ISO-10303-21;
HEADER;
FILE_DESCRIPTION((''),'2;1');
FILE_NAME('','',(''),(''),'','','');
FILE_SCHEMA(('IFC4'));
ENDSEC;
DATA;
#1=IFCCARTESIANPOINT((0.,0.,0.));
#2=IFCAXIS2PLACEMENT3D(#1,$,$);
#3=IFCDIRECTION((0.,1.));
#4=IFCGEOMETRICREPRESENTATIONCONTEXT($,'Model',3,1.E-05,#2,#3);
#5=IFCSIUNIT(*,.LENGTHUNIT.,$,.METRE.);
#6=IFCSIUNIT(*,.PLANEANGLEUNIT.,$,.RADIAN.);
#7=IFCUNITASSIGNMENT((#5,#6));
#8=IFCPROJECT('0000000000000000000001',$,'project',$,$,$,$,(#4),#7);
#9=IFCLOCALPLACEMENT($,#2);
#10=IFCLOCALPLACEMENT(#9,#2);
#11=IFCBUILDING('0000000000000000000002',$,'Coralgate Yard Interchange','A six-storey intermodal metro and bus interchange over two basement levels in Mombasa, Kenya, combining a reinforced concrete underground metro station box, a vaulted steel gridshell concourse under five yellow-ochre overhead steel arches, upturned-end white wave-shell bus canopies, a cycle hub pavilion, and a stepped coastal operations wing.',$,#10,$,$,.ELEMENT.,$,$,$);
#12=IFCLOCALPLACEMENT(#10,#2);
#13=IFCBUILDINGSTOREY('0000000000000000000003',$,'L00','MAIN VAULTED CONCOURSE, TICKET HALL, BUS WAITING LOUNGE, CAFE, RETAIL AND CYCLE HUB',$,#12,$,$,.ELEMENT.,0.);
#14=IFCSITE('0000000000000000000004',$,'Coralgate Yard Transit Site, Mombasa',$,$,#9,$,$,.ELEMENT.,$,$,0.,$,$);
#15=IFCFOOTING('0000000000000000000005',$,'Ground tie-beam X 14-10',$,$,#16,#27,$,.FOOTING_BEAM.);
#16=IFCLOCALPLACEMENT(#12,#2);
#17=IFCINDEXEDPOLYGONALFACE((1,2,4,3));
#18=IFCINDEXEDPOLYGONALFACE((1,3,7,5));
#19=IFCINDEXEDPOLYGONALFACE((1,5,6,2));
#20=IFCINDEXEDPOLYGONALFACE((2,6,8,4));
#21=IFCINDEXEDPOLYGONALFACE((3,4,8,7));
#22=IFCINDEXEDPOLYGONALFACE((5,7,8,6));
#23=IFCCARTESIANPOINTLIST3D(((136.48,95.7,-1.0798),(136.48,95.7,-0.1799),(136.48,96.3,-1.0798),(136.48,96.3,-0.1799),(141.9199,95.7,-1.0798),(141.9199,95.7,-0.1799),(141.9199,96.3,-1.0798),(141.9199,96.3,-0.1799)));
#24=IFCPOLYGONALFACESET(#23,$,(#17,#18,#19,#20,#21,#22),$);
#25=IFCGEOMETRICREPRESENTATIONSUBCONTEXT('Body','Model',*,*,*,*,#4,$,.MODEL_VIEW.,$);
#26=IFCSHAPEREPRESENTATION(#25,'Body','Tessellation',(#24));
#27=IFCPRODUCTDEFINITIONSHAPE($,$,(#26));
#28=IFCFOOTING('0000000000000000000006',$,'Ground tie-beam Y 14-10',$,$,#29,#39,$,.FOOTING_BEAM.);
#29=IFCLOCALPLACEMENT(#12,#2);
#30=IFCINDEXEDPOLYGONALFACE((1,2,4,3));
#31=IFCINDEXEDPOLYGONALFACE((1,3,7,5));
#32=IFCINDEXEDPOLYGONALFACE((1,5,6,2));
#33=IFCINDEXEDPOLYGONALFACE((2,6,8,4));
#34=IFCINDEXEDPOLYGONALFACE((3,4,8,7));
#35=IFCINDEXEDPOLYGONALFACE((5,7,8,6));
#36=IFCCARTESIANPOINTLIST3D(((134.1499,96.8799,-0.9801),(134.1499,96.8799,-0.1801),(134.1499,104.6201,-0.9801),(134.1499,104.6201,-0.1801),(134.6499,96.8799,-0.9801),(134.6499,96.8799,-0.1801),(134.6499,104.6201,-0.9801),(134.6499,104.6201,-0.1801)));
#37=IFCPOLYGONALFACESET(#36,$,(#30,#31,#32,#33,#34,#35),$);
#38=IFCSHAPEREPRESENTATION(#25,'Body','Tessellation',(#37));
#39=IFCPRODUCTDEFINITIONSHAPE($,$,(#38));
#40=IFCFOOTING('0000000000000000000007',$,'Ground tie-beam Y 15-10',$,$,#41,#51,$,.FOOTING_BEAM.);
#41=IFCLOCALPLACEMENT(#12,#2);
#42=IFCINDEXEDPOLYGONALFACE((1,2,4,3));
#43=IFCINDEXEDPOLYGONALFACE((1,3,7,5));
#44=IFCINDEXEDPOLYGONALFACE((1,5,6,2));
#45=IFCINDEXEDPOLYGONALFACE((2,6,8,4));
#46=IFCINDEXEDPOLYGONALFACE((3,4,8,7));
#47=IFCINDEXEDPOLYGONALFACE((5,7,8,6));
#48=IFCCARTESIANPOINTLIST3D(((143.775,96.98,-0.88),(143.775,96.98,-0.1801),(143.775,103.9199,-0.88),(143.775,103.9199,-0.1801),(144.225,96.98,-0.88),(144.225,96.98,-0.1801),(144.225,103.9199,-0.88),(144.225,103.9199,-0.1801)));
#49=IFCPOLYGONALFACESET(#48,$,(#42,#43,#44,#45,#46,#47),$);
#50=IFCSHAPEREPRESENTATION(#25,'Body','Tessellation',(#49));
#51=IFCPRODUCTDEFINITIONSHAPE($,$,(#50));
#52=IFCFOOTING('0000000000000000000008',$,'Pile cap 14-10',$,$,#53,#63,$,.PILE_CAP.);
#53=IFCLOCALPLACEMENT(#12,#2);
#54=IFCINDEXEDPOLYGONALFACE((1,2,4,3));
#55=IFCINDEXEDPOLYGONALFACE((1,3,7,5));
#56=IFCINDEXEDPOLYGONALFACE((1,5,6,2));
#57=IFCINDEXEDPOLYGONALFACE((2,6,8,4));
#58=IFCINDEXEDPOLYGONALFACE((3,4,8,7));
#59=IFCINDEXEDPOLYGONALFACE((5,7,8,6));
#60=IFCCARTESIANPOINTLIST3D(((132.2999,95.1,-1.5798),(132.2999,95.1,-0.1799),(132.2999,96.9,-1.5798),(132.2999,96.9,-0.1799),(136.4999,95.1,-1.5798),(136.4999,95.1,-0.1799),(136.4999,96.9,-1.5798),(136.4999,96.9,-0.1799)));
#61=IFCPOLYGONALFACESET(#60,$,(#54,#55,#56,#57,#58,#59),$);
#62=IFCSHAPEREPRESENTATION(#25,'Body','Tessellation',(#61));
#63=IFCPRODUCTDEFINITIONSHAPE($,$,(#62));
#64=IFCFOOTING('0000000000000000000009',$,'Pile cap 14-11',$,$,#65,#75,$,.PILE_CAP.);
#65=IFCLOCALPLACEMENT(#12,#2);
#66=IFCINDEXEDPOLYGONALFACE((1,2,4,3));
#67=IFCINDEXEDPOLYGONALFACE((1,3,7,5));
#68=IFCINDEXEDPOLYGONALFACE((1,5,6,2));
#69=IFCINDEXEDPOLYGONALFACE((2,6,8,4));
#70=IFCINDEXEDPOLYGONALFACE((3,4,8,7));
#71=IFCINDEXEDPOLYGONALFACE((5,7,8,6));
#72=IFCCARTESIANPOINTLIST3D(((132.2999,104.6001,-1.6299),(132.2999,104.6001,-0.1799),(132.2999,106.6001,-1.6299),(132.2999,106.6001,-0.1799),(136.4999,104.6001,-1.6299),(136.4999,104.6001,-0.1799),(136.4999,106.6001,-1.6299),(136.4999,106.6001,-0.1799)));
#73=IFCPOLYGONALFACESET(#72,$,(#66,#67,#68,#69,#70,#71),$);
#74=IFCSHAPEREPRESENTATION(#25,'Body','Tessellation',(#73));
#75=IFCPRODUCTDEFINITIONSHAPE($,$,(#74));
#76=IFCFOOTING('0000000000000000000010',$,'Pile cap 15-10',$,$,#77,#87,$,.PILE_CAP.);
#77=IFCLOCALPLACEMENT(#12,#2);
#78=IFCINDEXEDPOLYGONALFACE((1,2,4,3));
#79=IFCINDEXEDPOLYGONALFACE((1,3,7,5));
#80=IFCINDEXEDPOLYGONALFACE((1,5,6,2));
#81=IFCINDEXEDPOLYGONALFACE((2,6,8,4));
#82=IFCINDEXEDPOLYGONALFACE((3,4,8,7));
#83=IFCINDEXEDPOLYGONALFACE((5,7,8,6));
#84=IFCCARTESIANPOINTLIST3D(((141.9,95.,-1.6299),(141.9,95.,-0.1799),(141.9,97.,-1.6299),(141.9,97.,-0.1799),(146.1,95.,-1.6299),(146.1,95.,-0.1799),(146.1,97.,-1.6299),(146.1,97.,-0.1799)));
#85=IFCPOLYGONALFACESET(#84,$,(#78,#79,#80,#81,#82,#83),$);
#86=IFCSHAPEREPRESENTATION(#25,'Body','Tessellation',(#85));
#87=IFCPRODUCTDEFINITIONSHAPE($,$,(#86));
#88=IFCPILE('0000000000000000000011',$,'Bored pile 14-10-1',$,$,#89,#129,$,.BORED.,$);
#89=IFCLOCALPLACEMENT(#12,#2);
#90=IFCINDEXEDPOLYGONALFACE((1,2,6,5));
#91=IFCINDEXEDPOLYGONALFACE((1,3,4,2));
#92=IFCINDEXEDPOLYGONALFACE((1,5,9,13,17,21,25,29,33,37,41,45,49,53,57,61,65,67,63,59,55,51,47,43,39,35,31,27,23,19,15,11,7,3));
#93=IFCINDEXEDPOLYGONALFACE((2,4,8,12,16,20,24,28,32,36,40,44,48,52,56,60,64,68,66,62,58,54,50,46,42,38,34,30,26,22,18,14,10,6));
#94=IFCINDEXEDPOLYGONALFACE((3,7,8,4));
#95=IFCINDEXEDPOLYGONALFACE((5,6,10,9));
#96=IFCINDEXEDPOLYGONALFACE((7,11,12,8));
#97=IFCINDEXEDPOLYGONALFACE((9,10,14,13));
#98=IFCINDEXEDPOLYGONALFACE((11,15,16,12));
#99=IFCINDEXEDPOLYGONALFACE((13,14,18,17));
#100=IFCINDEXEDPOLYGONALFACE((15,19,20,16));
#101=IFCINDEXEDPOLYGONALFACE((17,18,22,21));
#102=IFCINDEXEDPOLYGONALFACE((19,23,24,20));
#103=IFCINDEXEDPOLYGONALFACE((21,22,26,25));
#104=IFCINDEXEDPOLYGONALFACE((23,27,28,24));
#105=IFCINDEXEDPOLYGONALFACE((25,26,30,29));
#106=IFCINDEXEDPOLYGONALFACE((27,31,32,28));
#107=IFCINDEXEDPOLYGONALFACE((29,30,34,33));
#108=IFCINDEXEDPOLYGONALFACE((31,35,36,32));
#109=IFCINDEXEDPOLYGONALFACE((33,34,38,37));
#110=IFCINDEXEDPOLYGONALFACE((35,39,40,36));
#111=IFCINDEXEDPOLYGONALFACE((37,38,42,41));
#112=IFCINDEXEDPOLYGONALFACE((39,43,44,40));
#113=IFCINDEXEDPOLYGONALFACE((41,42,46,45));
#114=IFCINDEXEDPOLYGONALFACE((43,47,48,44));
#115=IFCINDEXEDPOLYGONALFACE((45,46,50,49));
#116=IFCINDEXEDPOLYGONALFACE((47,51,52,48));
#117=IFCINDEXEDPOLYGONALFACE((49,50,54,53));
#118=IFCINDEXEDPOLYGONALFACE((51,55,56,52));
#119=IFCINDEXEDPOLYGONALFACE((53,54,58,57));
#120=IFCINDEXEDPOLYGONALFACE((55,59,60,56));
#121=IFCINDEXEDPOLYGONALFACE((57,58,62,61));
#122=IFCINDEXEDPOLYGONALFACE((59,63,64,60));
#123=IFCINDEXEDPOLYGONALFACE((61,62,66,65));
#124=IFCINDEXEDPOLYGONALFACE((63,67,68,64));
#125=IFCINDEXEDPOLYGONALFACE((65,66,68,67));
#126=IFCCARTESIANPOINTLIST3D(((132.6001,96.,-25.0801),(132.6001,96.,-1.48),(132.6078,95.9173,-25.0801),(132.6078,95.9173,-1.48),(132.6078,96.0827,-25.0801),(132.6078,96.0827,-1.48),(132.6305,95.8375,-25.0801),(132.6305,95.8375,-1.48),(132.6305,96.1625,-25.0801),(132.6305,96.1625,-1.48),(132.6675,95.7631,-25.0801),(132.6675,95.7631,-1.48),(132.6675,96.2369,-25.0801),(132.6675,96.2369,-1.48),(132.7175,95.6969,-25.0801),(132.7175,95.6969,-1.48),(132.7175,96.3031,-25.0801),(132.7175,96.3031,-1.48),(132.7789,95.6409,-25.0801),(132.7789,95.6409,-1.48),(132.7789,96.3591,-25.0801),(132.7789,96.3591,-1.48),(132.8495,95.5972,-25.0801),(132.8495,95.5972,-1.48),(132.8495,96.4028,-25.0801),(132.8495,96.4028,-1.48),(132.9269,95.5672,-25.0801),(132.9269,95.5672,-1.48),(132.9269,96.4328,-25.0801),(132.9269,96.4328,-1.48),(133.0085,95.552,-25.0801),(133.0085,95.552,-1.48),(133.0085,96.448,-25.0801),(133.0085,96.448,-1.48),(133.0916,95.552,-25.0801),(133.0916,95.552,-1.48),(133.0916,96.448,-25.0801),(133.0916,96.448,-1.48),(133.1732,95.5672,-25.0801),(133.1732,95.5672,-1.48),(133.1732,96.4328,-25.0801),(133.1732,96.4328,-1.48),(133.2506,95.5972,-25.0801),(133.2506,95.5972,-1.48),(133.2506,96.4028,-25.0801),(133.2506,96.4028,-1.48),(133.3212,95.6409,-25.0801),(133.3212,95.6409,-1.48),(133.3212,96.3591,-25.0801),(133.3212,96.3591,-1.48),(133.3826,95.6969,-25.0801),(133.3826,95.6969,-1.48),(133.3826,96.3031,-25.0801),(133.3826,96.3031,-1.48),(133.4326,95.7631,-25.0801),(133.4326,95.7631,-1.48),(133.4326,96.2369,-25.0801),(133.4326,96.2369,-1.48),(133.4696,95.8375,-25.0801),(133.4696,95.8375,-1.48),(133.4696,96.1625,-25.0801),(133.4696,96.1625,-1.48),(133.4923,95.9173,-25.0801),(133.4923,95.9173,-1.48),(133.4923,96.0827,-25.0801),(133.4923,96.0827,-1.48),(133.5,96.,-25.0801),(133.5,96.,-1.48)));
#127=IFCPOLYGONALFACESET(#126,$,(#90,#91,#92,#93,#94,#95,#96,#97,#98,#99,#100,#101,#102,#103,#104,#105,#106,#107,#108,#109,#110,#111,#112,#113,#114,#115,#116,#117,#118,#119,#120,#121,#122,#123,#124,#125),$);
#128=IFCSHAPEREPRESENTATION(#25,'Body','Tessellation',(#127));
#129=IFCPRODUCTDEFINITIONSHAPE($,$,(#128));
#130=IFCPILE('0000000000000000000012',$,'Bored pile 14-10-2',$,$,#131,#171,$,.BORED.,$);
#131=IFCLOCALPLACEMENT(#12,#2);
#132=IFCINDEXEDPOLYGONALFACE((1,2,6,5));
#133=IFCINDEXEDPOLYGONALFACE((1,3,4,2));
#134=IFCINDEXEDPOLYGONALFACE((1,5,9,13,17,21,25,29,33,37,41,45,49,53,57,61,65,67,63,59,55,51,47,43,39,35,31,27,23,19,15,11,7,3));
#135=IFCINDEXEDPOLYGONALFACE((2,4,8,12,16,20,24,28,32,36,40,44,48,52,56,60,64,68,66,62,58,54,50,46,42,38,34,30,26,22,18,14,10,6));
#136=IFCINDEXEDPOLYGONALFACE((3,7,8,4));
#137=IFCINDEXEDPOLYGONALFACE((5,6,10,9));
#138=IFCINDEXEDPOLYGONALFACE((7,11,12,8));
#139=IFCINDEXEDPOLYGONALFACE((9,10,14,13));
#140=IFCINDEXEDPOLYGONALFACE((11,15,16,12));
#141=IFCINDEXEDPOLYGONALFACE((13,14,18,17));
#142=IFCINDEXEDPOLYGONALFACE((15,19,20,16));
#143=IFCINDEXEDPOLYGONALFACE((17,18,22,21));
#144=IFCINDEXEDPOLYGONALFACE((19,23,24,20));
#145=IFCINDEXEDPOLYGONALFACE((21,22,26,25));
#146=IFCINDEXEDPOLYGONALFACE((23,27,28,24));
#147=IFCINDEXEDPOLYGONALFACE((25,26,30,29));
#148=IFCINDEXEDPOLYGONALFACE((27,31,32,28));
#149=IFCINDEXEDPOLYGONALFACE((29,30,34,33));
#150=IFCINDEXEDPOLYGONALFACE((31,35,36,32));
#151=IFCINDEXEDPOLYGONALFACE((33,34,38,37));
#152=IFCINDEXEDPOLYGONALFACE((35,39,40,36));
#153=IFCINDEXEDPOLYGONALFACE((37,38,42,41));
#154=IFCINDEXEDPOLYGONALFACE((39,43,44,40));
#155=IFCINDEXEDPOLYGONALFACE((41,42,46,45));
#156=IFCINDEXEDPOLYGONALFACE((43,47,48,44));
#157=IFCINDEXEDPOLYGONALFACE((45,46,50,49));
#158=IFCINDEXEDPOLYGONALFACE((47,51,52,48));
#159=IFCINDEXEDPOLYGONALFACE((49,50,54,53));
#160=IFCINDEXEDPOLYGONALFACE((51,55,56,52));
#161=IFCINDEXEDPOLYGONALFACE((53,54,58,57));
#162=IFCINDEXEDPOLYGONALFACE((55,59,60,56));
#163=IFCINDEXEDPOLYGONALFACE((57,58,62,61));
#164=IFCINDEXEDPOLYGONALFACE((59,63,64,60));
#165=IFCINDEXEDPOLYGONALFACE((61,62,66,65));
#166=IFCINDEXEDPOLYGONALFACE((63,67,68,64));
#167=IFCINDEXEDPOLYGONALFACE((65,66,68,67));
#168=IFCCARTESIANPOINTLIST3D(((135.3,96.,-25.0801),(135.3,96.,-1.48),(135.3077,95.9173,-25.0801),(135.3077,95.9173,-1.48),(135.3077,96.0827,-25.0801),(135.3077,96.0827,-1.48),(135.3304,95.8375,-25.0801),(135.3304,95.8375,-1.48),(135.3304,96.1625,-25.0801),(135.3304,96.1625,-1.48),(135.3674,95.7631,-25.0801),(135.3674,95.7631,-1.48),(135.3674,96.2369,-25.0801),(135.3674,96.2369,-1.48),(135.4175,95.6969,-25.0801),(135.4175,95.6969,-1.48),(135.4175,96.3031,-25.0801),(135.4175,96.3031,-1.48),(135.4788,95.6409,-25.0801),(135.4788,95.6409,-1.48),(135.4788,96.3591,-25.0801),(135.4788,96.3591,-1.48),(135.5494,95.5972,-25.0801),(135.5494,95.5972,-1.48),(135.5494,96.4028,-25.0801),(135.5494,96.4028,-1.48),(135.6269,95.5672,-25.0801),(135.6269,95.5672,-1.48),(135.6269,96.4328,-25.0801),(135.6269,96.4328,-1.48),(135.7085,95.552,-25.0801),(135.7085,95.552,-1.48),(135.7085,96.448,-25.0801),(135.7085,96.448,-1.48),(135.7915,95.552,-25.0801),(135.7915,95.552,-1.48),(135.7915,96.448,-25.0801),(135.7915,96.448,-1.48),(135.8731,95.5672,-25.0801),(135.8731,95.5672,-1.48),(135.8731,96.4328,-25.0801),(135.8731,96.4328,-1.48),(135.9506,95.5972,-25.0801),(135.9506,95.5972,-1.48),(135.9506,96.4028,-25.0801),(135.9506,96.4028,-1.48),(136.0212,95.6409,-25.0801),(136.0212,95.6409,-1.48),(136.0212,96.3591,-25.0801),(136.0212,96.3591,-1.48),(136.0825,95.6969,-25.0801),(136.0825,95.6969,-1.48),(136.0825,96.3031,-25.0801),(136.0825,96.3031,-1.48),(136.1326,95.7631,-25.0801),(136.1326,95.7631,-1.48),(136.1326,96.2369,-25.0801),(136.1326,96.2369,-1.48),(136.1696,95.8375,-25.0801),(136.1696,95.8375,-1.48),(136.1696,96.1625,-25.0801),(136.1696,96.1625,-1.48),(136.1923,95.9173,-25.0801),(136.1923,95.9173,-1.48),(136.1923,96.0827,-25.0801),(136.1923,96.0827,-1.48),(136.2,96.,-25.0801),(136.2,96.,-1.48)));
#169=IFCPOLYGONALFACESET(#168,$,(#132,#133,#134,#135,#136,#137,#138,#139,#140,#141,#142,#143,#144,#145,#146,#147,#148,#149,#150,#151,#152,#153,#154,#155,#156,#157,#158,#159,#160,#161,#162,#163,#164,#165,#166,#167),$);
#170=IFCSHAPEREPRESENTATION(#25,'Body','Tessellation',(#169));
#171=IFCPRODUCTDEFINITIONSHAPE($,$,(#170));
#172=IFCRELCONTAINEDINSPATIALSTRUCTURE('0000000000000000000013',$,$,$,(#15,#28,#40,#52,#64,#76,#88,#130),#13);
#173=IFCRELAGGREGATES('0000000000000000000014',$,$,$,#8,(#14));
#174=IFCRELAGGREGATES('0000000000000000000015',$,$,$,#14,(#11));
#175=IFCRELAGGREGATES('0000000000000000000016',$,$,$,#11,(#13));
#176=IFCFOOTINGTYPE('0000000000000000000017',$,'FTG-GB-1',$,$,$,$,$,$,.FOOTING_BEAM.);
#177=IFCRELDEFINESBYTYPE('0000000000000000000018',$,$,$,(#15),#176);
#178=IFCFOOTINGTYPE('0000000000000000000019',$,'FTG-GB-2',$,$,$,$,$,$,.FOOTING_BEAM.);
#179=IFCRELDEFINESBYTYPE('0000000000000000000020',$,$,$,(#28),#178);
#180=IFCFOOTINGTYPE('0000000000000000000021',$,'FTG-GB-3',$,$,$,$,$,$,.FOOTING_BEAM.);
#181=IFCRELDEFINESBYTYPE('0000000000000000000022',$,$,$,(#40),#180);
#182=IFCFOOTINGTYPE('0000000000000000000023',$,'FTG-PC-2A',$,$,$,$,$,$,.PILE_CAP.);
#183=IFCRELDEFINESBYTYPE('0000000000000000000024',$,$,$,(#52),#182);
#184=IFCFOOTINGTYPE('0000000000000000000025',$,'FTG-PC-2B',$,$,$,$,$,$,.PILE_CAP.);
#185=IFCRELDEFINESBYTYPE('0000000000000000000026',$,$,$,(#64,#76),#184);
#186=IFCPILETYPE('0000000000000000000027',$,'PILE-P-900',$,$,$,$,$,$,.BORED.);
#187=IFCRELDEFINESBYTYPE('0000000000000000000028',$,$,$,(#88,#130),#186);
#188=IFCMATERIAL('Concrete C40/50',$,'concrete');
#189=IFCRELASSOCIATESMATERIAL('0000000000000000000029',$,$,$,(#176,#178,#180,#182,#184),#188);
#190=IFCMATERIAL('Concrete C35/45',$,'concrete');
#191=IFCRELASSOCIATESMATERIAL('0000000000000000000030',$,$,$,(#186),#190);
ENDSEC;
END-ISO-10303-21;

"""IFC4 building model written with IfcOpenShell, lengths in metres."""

from ifc_helpers import new_model, si_unit, direction, frame, origin, origin_2d, place, context, subcontext, project, spatial, rectangle, circle, extrude, material, material_profile, profile_set, type_object, element, save


model = new_model("IFC4")

# Units and contexts
model_context = context("Model", 3, precision=1e-05, world=origin(), true_north=direction((0.0, 1.0)))
body_context = subcontext(model_context, "Body", "Model", "MODEL_VIEW")
ifc_project = project(units=[si_unit("LENGTHUNIT", "METRE"), si_unit("PLANEANGLEUNIT", "RADIAN")], contexts=[model_context])

# Site, building, storey
site_placement = place(None, origin())
site = spatial("IfcSite", under=ifc_project, at=site_placement, Name="Coralgate Yard Transit Site, Mombasa", CompositionType="ELEMENT", RefElevation=0.0)
building_placement = place(site_placement, origin())
building = spatial("IfcBuilding", under=site, at=building_placement, Name="Coralgate Yard Interchange", Description="A six-storey intermodal metro and bus interchange over two basement levels in Mombasa, Kenya, combining a reinforced concrete underground metro station box, a vaulted steel gridshell concourse under five yellow-ochre overhead steel arches, upturned-end white wave-shell bus canopies, a cycle hub pavilion, and a stepped coastal operations wing.", CompositionType="ELEMENT")
storey_placement = place(building_placement, origin())
storey = spatial("IfcBuildingStorey", under=building, at=storey_placement, Name="L00", Description="MAIN VAULTED CONCOURSE, TICKET HALL, BUS WAITING LOUNGE, CAFE, RETAIL AND CYCLE HUB", CompositionType="ELEMENT", Elevation=0.0)

# Footings
ifc_material_1 = material(Name="Concrete C40/50", Category="concrete")
ifc_material_profile_1 = material_profile(ifc_material_1, rectangle(XDim=0.6001, YDim=0.8999, at=origin_2d()), Name="RC 600x900")
ifc_profile_set_1 = profile_set([ifc_material_profile_1], Name="Concrete C40/50")
footing_type_1 = type_object("IfcFootingType", Name="FTG-GB-1", PredefinedType="FOOTING_BEAM", material=ifc_profile_set_1)
footing_1_placement = place(storey_placement, frame((136.48, 96.0, -0.6299), z_axis=(1.0, 0.0, 0.0), x_axis=(0.0, 1.0, 0.0)))
element("IfcFooting", 1, at=footing_1_placement, inside=storey, type_object=footing_type_1, Name="Ground tie-beam X 14-10", PredefinedType="FOOTING_BEAM", context=body_context, shape_type="SweptSolid", body=[
    extrude(rectangle(XDim=0.6001, YDim=0.8999, at=origin_2d()), origin(), (0.0, 0.0, 1.0), 5.4399),
])
ifc_material_profile_2 = material_profile(ifc_material_1, rectangle(XDim=0.5, YDim=0.8, at=origin_2d()), Name="RC 500x800")
ifc_profile_set_2 = profile_set([ifc_material_profile_2], Name="Concrete C40/50")
footing_type_2 = type_object("IfcFootingType", Name="FTG-GB-2", PredefinedType="FOOTING_BEAM", material=ifc_profile_set_2)
footing_2_placement = place(storey_placement, frame((134.3999, 96.8799, -0.5801), z_axis=(0.0, 1.0, 0.0), x_axis=(-1.0, 0.0, 0.0)))
element("IfcFooting", 2, at=footing_2_placement, inside=storey, type_object=footing_type_2, Name="Ground tie-beam Y 14-10", PredefinedType="FOOTING_BEAM", context=body_context, shape_type="SweptSolid", body=[
    extrude(rectangle(XDim=0.5, YDim=0.8, at=origin_2d()), origin(), (0.0, 0.0, 1.0), 7.7402),
])
ifc_material_profile_3 = material_profile(ifc_material_1, rectangle(XDim=0.45, YDim=0.7, at=origin_2d()), Name="RC 450x700")
ifc_profile_set_3 = profile_set([ifc_material_profile_3], Name="Concrete C40/50")
footing_type_3 = type_object("IfcFootingType", Name="FTG-GB-3", PredefinedType="FOOTING_BEAM", material=ifc_profile_set_3)
footing_3_placement = place(storey_placement, frame((144.0, 96.98, -0.53), z_axis=(0.0, 1.0, 0.0), x_axis=(-1.0, 0.0, 0.0)))
element("IfcFooting", 3, at=footing_3_placement, inside=storey, type_object=footing_type_3, Name="Ground tie-beam Y 15-10", PredefinedType="FOOTING_BEAM", context=body_context, shape_type="SweptSolid", body=[
    extrude(rectangle(XDim=0.45, YDim=0.7, at=origin_2d()), origin(), (0.0, 0.0, 1.0), 6.9399),
])
footing_type_4 = type_object("IfcFootingType", Name="FTG-PC-2A", PredefinedType="PILE_CAP", material=ifc_material_1)
footing_4_placement = place(storey_placement, frame((134.3999, 96.0, -1.5798), z_axis=(0.0, 0.0, 1.0), x_axis=(1.0, 0.0, 0.0)))
element("IfcFooting", 4, at=footing_4_placement, inside=storey, type_object=footing_type_4, Name="Pile cap 14-10", PredefinedType="PILE_CAP", context=body_context, shape_type="SweptSolid", body=[
    extrude(rectangle(XDim=4.2, YDim=1.8, at=origin_2d()), origin(), (0.0, 0.0, 1.0), 1.3999),
])
footing_type_5 = type_object("IfcFootingType", Name="FTG-PC-2B", PredefinedType="PILE_CAP", material=ifc_material_1)
for number, where, z_axis, x_axis, name in (
    (5, (134.3999, 105.6001, -1.6299), (0.0, 0.0, 1.0), (1.0, 0.0, 0.0), "Pile cap 14-11"),
    (6, (144.0, 96.0, -1.6299), (0.0, 0.0, 1.0), (1.0, 0.0, 0.0), "Pile cap 15-10"),
):
    element("IfcFooting", number, at=place(storey_placement, frame(where, z_axis=z_axis, x_axis=x_axis)), inside=storey, type_object=footing_type_5, Name=name, PredefinedType="PILE_CAP", context=body_context, shape_type="SweptSolid", body=[
        extrude(rectangle(XDim=4.2, YDim=2.0, at=origin_2d()), origin(), (0.0, 0.0, 1.0), 1.45),
    ])

# Piles
ifc_material_2 = material(Name="Concrete C35/45", Category="concrete")
ifc_material_profile_4 = material_profile(ifc_material_2, circle(Radius=0.45, at=origin_2d()), Name="BORED PILE D900")
ifc_profile_set_4 = profile_set([ifc_material_profile_4], Name="Concrete C35/45")
pile_type = type_object("IfcPileType", Name="PILE-P-900", PredefinedType="BORED", material=ifc_profile_set_4)
for number, where, z_axis, x_axis, name in (
    (7, (133.05, 96.0, -1.48), (0.0, 0.0, -1.0), (1.0, 0.0, 0.0), "Bored pile 14-10-1"),
    (8, (135.75, 96.0, -1.48), (0.0, 0.0, -1.0), (1.0, 0.0, 0.0), "Bored pile 14-10-2"),
):
    element("IfcPile", number, at=place(storey_placement, frame(where, z_axis=z_axis, x_axis=x_axis)), inside=storey, type_object=pile_type, Name=name, PredefinedType="BORED", context=body_context, shape_type="SweptSolid", body=[
        extrude(circle(Radius=0.45, at=origin_2d()), origin(), (0.0, 0.0, 1.0), 23.6001),
    ])

save(model, "model.ifc")
